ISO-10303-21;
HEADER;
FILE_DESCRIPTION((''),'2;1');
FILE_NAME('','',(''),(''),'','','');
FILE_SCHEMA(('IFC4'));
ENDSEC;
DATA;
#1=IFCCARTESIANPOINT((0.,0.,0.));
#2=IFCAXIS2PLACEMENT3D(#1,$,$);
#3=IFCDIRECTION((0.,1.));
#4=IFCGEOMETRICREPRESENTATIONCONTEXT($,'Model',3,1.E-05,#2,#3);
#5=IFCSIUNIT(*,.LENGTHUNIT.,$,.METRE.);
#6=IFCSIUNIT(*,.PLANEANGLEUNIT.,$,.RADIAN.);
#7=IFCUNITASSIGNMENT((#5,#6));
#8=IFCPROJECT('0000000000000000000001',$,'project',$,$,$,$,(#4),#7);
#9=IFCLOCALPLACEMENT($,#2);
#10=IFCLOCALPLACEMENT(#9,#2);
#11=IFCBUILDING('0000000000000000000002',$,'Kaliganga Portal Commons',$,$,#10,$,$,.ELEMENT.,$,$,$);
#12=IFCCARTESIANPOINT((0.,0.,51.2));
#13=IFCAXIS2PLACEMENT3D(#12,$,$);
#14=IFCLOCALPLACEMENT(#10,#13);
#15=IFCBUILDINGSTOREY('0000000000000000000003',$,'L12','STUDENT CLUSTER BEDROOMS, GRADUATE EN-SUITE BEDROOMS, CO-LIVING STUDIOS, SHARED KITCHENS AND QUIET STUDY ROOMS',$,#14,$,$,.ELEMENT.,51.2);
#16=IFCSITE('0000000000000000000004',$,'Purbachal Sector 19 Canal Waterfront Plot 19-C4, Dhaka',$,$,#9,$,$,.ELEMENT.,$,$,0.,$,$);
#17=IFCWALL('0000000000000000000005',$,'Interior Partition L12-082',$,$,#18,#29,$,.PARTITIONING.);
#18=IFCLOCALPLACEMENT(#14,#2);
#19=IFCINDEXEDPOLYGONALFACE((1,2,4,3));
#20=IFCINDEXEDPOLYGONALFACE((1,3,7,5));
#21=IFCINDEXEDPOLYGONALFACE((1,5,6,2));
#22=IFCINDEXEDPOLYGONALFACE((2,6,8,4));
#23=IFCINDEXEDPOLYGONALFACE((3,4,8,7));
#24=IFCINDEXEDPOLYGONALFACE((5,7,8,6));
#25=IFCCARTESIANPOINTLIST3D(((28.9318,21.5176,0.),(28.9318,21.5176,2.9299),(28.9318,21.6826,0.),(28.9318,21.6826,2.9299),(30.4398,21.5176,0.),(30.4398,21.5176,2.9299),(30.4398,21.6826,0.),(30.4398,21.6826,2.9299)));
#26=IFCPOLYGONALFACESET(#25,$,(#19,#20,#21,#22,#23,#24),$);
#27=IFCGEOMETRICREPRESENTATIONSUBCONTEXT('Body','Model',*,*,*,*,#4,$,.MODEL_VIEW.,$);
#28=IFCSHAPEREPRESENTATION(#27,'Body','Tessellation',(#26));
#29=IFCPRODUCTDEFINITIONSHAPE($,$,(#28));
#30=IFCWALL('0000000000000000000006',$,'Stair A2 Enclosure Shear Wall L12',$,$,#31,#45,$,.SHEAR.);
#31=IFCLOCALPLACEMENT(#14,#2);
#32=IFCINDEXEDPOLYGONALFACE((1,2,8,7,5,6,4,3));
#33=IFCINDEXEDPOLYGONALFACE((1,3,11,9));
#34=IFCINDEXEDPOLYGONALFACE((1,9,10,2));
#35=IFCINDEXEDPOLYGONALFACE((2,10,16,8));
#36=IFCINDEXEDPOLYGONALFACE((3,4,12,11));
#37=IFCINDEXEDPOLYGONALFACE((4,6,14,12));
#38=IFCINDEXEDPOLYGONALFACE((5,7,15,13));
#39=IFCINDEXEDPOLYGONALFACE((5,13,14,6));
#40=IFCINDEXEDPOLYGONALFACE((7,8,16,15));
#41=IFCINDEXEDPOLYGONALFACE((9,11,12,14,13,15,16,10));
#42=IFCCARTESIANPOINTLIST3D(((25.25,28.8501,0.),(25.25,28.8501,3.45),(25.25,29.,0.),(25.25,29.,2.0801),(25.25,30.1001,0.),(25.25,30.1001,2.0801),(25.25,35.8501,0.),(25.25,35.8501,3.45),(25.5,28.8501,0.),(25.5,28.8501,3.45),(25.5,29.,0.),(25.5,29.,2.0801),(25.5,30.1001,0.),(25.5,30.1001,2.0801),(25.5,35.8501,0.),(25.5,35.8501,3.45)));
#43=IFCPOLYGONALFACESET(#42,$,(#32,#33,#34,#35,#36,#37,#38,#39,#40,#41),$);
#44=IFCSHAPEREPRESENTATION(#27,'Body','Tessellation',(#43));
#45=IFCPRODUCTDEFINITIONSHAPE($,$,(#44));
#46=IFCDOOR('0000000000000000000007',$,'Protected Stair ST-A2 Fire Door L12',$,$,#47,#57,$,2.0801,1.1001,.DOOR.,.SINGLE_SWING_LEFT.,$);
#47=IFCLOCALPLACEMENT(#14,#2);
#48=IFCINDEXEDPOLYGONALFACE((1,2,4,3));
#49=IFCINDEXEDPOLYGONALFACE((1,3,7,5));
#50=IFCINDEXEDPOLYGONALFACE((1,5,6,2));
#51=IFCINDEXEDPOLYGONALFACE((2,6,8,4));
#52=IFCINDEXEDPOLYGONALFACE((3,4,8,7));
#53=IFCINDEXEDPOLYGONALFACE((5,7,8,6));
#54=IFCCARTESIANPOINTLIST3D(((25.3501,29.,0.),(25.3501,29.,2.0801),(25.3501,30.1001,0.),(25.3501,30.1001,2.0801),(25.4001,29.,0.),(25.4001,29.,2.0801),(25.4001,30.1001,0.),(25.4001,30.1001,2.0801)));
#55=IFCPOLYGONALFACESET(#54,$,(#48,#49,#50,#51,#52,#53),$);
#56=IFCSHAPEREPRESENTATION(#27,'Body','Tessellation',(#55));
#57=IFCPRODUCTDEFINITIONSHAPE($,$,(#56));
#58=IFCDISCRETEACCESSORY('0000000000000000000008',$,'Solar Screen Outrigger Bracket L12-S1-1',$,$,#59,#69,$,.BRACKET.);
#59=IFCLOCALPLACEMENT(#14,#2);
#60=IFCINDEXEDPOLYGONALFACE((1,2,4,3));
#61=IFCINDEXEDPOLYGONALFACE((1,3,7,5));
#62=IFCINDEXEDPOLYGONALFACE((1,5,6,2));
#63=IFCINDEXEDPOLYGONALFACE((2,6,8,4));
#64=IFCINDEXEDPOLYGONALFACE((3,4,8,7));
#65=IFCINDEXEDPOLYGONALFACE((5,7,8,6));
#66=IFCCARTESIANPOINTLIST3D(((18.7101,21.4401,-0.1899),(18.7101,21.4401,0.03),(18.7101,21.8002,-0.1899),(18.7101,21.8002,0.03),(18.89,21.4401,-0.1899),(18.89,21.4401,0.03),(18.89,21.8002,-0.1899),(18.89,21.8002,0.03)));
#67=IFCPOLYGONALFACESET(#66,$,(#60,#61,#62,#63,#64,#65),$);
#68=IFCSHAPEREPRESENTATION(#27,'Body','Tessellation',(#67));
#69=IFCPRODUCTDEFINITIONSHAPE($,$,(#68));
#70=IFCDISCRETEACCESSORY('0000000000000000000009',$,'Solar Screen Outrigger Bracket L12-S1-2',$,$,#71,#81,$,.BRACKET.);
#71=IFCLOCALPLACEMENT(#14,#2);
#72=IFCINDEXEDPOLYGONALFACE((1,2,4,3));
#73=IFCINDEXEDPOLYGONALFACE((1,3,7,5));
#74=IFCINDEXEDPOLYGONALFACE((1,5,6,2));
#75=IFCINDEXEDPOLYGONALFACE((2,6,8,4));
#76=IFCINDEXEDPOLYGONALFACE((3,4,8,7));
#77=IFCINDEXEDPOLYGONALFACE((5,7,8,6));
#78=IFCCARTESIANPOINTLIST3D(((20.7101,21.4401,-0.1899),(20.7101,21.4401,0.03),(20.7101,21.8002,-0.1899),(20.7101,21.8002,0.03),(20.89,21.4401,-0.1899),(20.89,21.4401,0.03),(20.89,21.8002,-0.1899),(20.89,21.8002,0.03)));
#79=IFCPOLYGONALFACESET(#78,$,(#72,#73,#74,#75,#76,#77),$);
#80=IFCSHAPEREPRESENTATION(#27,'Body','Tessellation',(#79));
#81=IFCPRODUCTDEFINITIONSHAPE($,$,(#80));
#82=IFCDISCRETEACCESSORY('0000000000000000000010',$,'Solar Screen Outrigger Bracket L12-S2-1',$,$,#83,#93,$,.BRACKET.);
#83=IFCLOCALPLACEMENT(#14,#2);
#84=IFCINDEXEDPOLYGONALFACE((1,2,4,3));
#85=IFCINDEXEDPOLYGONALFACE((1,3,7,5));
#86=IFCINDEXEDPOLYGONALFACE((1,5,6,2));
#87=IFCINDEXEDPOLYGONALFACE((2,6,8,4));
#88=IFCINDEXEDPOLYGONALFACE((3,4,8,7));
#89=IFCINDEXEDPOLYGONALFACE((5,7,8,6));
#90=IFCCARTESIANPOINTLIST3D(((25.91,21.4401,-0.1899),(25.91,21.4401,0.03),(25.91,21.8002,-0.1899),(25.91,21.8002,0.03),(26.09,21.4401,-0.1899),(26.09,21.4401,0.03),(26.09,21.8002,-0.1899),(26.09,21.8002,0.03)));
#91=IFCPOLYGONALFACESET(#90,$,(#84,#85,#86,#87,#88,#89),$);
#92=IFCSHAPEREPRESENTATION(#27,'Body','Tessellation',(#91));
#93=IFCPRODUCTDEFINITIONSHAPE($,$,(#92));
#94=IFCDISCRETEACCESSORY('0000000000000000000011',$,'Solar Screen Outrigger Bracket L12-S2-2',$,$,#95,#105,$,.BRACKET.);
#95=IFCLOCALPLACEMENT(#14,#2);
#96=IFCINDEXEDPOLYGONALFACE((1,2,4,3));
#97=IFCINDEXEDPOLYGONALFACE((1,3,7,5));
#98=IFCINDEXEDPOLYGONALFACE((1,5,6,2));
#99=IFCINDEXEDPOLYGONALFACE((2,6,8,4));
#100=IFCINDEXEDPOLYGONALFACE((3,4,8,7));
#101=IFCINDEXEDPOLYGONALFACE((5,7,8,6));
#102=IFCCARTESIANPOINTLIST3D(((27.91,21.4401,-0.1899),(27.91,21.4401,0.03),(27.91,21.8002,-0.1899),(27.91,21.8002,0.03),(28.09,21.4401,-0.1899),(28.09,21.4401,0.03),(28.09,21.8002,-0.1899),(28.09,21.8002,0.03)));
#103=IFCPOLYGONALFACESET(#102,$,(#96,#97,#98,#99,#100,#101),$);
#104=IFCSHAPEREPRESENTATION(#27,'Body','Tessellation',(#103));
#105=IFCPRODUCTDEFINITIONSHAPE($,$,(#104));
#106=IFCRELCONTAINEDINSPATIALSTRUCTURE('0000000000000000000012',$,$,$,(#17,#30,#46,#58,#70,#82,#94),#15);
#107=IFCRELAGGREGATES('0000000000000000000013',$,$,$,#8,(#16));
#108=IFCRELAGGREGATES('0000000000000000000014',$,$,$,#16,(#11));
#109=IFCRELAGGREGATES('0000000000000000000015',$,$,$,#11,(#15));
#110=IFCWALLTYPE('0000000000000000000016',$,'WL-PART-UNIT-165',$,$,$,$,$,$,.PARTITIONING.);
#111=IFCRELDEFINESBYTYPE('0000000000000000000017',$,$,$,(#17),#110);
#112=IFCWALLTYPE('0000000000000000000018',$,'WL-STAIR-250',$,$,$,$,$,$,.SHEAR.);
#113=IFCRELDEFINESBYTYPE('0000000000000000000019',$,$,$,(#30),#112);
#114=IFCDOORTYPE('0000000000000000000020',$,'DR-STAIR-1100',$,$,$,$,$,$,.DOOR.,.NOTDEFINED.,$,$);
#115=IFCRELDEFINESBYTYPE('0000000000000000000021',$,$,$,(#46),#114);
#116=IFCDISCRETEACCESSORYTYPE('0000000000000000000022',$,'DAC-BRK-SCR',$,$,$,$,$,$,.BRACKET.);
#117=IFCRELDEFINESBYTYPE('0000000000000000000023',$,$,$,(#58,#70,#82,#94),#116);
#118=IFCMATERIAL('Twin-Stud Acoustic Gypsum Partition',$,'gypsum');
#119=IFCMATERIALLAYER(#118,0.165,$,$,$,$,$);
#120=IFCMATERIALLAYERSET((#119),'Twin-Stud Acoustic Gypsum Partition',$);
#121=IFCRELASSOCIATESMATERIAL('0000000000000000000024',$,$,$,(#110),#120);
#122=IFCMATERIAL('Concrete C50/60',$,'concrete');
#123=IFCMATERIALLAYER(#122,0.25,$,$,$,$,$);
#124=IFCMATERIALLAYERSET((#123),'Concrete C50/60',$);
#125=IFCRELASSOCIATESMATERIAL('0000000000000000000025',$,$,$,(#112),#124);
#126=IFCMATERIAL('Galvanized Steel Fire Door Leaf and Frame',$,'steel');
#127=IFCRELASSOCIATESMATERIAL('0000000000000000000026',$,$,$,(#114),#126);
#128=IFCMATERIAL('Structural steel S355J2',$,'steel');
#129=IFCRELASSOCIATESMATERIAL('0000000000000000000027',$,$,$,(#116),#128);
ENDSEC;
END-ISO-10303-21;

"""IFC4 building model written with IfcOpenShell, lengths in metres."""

from ifc_helpers import new_model, si_unit, direction, frame, frame_2d, origin, origin_2d, place, context, subcontext, project, spatial, rectangle, extrude, source, transform, mapped, material, layer, layer_set, type_object, element, fill, save


model = new_model("IFC4")

# Units and contexts
model_context = context("Model", 3, precision=1e-05, world=origin(), true_north=direction((0.0, 1.0)))
body_context = subcontext(model_context, "Body", "Model", "MODEL_VIEW")
ifc_project = project(units=[si_unit("LENGTHUNIT", "METRE"), si_unit("PLANEANGLEUNIT", "RADIAN")], contexts=[model_context])

# Site, building, storey
site_placement = place(None, origin())
site = spatial("IfcSite", under=ifc_project, at=site_placement, Name="Purbachal Sector 19 Canal Waterfront Plot 19-C4, Dhaka", CompositionType="ELEMENT", RefElevation=0.0)
building_placement = place(site_placement, origin())
building = spatial("IfcBuilding", under=site, at=building_placement, Name="Kaliganga Portal Commons", CompositionType="ELEMENT")
storey_placement = place(building_placement, frame((0.0, 0.0, 51.2)))
storey = spatial("IfcBuildingStorey", under=building, at=storey_placement, Name="L12", Description="STUDENT CLUSTER BEDROOMS, GRADUATE EN-SUITE BEDROOMS, CO-LIVING STUDIOS, SHARED KITCHENS AND QUIET STUDY ROOMS", CompositionType="ELEMENT", Elevation=51.2)

# Shared definitions
ifc_material_1 = material(Name="Structural steel S355J2", Category="steel")

# Wall
ifc_material_2 = material(Name="Twin-Stud Acoustic Gypsum Partition", Category="gypsum")
ifc_layer_1 = layer(ifc_material_2, 0.165)
ifc_layer_set_1 = layer_set([ifc_layer_1], Name="Twin-Stud Acoustic Gypsum Partition")
wall_type_1 = type_object("IfcWallType", Name="WL-PART-UNIT-165", PredefinedType="PARTITIONING", material=ifc_layer_set_1)
wall_1_placement = place(storey_placement, frame((28.9319, 21.6001, 0.0), z_axis=(0.0, 0.0, 1.0), x_axis=(1.0, 0.0, 0.0)))
element("IfcWall", 1, at=wall_1_placement, inside=storey, type_object=wall_type_1, Name="Interior Partition L12-082", PredefinedType="PARTITIONING", context=body_context, shape_type="SweptSolid", body=[
    extrude(rectangle(XDim=1.5081, YDim=0.165, at=frame_2d((0.7539, 0.0))), origin(), (0.0, 0.0, 1.0), 2.9299),
])

# Wall, opening, door
ifc_material_3 = material(Name="Concrete C50/60", Category="concrete")
ifc_layer_2 = layer(ifc_material_3, 0.25)
ifc_layer_set_2 = layer_set([ifc_layer_2], Name="Concrete C50/60")
wall_type_2 = type_object("IfcWallType", Name="WL-STAIR-250", PredefinedType="SHEAR", material=ifc_layer_set_2)
wall_2_placement = place(storey_placement, frame((25.375, 28.8501, 0.0), z_axis=(0.0, 0.0, 1.0), x_axis=(0.0, 1.0, 0.0)))
wall_2 = element("IfcWall", 2, at=wall_2_placement, inside=storey, type_object=wall_type_2, Name="Stair A2 Enclosure Shear Wall L12", PredefinedType="SHEAR", context=body_context, shape_type="SweptSolid", body=[
    extrude(rectangle(XDim=7.0, YDim=0.25, at=frame_2d((3.5, 0.0))), origin(), (0.0, 0.0, 1.0), 3.45),
])
opening_1_placement = place(wall_2_placement, frame((0.1499, 0.0, 0.0)))
opening_1 = element("IfcOpeningElement", 3, at=opening_1_placement, cuts=wall_2, PredefinedType="OPENING", context=body_context, shape_type="SweptSolid", body=[
    extrude(rectangle(XDim=1.1001, YDim=2.0801, at=frame_2d((0.55, 1.04))), frame((0.0, 0.135, 0.0), z_axis=(0.0, -1.0, 0.0), x_axis=(1.0, 0.0, 0.0)), (0.0, 0.0, 1.0), 0.27),
])
ifc_material_4 = material(Name="Galvanized Steel Fire Door Leaf and Frame", Category="steel")
door_type_1 = type_object("IfcDoorType", Name="DR-STAIR-1100", OperationType="NOTDEFINED", PredefinedType="DOOR", material=ifc_material_4)
door_1_placement = place(opening_1_placement, origin())
door_1 = element("IfcDoor", 4, at=door_1_placement, inside=storey, type_object=door_type_1, Name="Protected Stair ST-A2 Fire Door L12", OperationType="SINGLE_SWING_LEFT", OverallHeight=2.0801, OverallWidth=1.1001, PredefinedType="DOOR", context=body_context, shape_type="SweptSolid", body=[
    extrude(rectangle(XDim=1.1001, YDim=2.0801, at=frame_2d((0.55, 1.04))), frame((0.0, 0.0249, 0.0), z_axis=(0.0, -1.0, 0.0), x_axis=(1.0, 0.0, 0.0)), (0.0, 0.0, 1.0), 0.05),
])
fill(opening_1, door_1)

# Discrete accessories
discrete_accessory_type = type_object("IfcDiscreteAccessoryType", Name="DAC-BRK-SCR", PredefinedType="BRACKET", material=ifc_material_1)
shared_shape_1 = source(origin(), body_context, "Body", "SweptSolid", [
    extrude(rectangle(XDim=0.1799, YDim=0.3601, at=origin_2d()), origin(), (0.0, 0.0, 1.0), 0.22),
])
for number, where, z_axis, x_axis, name in (
    (5, (18.8, 21.6201, -0.1899), (0.0, 0.0, 1.0), (1.0, 0.0, 0.0), "Solar Screen Outrigger Bracket L12-S1-1"),
    (6, (20.8, 21.6201, -0.1899), (0.0, 0.0, 1.0), (1.0, 0.0, 0.0), "Solar Screen Outrigger Bracket L12-S1-2"),
    (7, (26.0, 21.6201, -0.1899), (0.0, 0.0, 1.0), (1.0, 0.0, 0.0), "Solar Screen Outrigger Bracket L12-S2-1"),
    (8, (28.0, 21.6201, -0.1899), (0.0, 0.0, 1.0), (1.0, 0.0, 0.0), "Solar Screen Outrigger Bracket L12-S2-2"),
):
    element("IfcDiscreteAccessory", number, at=place(storey_placement, frame(where, z_axis=z_axis, x_axis=x_axis)), inside=storey, type_object=discrete_accessory_type, Name=name, PredefinedType="BRACKET", context=body_context, shape_type="MappedRepresentation", body=[
        mapped(shared_shape_1, transform((0.0, 0.0, 0.0), x_axis=(1.0, 0.0, 0.0), y_axis=(0.0, 1.0, 0.0), z_axis=(0.0, 0.0, 1.0), scale=1.0)),
    ])

save(model, "model.ifc")
